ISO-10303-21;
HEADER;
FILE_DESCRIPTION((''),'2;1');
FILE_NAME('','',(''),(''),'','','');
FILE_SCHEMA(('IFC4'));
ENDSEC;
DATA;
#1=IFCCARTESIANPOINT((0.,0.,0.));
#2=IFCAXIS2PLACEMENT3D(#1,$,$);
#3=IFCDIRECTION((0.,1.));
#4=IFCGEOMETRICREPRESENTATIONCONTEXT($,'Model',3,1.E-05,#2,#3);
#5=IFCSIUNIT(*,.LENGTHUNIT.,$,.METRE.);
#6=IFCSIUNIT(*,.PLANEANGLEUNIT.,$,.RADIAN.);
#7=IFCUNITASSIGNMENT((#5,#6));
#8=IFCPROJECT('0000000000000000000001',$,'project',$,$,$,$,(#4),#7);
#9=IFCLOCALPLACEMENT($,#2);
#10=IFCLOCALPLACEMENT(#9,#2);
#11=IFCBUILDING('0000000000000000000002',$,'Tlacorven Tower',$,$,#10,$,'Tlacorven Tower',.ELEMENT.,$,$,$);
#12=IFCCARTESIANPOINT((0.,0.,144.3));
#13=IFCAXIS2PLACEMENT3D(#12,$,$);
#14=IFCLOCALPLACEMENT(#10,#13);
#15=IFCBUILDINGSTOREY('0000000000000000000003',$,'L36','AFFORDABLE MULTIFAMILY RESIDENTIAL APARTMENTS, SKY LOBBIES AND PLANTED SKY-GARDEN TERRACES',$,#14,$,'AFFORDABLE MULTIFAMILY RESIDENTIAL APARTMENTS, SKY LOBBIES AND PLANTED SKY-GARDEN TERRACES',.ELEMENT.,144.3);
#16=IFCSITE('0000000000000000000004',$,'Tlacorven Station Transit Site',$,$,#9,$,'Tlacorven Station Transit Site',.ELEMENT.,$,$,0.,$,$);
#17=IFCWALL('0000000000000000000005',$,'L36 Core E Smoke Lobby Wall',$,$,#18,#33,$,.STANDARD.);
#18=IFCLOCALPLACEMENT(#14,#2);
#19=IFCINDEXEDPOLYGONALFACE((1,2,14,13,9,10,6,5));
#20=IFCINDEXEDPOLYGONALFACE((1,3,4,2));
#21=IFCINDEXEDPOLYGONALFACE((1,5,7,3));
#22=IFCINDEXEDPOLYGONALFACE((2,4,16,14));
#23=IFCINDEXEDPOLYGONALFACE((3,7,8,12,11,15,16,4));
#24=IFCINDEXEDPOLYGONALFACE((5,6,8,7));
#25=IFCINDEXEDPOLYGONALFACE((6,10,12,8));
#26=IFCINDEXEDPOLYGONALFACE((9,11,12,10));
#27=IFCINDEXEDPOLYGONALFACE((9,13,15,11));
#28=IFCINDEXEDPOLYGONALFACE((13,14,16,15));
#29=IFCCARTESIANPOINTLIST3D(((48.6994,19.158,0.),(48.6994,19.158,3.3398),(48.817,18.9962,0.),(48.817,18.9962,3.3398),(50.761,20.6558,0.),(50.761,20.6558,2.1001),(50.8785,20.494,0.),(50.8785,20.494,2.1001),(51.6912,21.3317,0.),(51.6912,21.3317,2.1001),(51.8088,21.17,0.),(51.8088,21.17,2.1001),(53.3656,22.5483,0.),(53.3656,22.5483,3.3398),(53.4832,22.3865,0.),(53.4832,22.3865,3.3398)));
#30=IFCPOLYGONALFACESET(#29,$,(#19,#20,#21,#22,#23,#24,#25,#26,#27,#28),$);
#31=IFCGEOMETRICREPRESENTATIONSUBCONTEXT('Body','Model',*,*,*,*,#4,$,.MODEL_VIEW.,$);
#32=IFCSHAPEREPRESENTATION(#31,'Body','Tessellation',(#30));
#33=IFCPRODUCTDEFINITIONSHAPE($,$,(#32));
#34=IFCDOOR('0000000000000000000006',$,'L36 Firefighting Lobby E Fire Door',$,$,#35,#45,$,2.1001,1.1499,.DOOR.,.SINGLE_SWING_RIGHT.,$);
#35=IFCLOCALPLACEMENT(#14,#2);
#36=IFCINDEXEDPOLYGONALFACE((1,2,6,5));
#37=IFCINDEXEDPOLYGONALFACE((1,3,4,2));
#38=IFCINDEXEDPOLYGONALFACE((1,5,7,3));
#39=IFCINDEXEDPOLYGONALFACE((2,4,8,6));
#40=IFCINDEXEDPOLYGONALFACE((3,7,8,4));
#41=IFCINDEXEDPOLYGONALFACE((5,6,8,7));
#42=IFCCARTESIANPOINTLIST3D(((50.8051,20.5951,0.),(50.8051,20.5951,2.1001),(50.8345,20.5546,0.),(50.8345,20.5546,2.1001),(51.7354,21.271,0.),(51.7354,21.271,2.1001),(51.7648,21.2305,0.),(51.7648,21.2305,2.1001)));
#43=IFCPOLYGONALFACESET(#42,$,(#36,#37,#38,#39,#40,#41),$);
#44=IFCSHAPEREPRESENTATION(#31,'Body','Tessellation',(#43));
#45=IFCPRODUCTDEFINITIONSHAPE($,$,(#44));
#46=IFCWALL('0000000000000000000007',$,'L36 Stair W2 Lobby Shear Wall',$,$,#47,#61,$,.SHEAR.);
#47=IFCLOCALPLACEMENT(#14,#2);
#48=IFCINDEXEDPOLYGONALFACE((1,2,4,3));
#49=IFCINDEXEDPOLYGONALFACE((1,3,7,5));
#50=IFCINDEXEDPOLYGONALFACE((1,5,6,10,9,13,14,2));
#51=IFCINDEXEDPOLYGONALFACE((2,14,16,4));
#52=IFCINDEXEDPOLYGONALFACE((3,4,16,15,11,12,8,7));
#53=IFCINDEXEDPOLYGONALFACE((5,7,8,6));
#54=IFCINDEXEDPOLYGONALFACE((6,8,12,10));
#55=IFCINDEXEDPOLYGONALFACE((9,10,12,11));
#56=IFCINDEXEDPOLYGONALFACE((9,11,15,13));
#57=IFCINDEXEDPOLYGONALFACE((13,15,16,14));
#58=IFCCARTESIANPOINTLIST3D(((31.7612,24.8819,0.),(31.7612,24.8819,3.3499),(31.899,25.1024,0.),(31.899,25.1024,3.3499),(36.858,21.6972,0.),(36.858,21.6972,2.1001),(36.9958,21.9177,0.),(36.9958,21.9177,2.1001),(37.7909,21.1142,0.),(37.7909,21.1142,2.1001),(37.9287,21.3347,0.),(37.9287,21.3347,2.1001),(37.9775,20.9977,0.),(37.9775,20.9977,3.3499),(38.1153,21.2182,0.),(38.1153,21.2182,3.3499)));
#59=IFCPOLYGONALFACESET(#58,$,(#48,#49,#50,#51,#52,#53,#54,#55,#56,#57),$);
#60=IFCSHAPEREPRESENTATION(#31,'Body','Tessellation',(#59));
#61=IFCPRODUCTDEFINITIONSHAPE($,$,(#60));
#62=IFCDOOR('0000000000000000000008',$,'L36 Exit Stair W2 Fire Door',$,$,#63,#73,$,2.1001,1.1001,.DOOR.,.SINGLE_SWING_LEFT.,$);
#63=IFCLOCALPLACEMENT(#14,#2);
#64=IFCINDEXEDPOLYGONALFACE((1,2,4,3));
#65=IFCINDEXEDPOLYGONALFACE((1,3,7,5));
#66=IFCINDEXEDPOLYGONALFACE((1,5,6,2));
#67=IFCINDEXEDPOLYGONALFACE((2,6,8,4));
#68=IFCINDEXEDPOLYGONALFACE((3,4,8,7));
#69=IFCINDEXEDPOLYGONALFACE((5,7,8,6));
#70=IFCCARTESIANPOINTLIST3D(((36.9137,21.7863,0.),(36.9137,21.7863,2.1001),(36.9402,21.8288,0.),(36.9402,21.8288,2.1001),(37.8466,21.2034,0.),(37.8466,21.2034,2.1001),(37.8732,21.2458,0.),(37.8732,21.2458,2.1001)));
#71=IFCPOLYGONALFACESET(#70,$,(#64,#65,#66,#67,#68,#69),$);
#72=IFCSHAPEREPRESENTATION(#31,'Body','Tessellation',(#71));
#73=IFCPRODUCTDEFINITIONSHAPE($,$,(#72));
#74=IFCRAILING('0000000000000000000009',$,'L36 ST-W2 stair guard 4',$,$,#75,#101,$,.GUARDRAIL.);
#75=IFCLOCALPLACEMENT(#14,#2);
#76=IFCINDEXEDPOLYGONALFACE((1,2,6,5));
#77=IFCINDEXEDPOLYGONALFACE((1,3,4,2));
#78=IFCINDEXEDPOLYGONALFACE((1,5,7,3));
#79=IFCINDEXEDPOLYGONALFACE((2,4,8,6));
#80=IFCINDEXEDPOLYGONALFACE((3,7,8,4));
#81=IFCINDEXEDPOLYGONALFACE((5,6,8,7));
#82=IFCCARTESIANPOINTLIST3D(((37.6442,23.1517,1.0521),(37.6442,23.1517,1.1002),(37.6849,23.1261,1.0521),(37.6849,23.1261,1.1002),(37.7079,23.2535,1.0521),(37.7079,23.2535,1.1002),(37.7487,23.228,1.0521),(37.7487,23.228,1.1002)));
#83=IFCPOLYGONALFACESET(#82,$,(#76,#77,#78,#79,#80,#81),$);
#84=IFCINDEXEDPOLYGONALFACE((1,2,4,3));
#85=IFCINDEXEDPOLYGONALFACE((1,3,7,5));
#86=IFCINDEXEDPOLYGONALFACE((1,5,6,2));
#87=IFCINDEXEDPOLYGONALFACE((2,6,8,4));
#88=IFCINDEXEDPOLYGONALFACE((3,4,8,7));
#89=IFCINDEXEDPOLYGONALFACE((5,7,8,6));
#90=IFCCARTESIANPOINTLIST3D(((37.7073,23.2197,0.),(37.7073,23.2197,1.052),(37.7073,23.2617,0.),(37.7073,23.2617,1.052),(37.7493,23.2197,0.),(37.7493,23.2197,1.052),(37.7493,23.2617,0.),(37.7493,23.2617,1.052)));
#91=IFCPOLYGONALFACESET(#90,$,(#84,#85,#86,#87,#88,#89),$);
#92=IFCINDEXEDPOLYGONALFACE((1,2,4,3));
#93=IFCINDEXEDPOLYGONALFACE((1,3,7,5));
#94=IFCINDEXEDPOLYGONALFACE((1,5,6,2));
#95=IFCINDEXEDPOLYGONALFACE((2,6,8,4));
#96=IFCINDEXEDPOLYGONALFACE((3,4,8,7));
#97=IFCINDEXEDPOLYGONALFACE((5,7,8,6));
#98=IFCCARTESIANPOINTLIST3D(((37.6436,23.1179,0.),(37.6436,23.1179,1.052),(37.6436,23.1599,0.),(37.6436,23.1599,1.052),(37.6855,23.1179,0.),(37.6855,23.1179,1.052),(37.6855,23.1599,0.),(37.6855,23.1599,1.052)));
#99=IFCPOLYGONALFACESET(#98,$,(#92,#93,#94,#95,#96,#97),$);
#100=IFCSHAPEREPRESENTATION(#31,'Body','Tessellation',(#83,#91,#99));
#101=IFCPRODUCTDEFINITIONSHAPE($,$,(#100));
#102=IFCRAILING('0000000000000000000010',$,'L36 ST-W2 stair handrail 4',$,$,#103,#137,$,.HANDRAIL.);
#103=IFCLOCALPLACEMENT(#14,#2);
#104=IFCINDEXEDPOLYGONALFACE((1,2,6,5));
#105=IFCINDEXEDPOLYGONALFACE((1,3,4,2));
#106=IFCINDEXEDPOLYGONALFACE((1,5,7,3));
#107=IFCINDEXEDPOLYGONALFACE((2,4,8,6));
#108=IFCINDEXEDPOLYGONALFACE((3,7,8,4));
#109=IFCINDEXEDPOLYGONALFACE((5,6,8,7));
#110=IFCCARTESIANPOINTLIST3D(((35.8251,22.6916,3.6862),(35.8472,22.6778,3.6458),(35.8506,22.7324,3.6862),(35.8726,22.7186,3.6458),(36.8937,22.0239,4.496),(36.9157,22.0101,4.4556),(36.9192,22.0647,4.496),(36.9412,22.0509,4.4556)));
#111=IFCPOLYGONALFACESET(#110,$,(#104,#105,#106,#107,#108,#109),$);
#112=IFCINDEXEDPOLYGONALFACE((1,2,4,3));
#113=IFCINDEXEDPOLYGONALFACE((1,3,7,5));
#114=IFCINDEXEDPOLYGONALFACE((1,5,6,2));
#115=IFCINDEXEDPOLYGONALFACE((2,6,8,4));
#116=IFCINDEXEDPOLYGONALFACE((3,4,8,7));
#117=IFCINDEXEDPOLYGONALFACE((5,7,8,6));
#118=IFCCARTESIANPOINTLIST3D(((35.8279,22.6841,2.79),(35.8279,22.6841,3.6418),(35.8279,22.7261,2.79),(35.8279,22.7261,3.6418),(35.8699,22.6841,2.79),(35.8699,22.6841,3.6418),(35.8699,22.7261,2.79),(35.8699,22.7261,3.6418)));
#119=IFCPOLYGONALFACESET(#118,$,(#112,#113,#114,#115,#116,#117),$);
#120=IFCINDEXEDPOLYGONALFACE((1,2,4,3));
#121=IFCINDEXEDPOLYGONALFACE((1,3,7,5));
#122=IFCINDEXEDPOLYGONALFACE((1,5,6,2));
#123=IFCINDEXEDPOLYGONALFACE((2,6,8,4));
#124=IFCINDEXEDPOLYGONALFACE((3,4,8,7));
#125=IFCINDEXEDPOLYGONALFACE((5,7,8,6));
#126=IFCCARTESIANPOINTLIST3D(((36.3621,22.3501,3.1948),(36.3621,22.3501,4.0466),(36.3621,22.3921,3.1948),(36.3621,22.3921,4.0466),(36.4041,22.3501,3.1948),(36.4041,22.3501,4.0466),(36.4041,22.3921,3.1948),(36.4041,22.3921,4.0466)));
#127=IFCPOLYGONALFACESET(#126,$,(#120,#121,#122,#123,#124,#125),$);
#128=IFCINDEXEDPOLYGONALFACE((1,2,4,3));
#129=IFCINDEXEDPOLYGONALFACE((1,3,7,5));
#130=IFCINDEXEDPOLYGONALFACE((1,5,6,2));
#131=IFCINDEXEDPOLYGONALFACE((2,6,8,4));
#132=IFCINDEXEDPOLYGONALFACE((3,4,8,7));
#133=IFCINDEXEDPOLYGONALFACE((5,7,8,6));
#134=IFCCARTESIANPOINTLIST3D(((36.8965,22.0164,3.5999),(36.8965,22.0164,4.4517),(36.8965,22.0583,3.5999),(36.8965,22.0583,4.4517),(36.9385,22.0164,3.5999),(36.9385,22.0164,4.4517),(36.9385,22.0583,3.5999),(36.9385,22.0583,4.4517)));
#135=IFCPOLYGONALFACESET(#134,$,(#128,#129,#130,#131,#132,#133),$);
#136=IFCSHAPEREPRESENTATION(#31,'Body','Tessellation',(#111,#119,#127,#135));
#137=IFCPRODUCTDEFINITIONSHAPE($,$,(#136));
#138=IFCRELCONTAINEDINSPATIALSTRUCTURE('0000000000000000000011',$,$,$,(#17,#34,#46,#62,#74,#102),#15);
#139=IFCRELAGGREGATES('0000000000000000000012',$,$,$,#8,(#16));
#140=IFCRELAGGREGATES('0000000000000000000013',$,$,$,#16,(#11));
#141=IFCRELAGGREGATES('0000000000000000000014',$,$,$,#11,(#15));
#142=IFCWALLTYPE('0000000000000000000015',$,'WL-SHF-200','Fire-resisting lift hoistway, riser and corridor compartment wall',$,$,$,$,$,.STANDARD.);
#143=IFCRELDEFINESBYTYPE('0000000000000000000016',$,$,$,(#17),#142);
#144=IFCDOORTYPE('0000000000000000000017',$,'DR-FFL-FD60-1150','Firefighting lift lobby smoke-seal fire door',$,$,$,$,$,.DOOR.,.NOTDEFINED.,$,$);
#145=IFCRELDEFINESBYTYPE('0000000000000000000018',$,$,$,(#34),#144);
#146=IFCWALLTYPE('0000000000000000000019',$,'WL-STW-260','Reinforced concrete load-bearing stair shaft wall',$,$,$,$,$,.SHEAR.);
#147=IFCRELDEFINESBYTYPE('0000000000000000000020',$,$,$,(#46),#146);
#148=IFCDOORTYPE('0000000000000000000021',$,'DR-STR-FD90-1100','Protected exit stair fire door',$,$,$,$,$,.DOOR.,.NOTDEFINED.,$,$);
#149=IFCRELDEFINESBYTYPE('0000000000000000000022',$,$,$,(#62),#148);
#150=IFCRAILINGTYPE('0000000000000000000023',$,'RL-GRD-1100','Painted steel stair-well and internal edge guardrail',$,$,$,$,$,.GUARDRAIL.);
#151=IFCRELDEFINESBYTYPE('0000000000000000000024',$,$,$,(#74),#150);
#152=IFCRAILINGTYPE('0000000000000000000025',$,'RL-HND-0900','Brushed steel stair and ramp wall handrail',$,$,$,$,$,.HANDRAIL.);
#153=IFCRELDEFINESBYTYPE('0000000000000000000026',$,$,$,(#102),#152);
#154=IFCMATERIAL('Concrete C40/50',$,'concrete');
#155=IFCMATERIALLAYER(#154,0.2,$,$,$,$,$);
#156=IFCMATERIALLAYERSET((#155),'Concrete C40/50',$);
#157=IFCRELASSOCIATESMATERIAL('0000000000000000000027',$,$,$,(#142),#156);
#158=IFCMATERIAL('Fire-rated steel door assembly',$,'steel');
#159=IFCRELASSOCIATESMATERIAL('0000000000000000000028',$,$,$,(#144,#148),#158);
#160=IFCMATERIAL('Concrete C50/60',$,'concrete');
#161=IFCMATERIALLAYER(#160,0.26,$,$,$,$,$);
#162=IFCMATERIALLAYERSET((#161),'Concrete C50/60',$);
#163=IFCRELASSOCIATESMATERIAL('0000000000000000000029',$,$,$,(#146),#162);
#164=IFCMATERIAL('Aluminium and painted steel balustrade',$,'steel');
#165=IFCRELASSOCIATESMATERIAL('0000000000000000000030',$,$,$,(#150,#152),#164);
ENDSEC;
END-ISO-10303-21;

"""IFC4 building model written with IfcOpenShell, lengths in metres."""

from ifc_helpers import new_model, si_unit, direction, frame, frame_2d, origin, origin_2d, place, context, subcontext, project, spatial, rectangle, extrude, source, transform, mapped, material, layer, layer_set, type_object, element, fill, save


model = new_model("IFC4")

# Units and contexts
model_context = context("Model", 3, precision=1e-05, world=origin(), true_north=direction((0.0, 1.0)))
body_context = subcontext(model_context, "Body", "Model", "MODEL_VIEW")
ifc_project = project(units=[si_unit("LENGTHUNIT", "METRE"), si_unit("PLANEANGLEUNIT", "RADIAN")], contexts=[model_context])

# Site, building, storey
site_placement = place(None, origin())
site = spatial("IfcSite", under=ifc_project, at=site_placement, Name="Tlacorven Station Transit Site", LongName="Tlacorven Station Transit Site", CompositionType="ELEMENT", RefElevation=0.0)
building_placement = place(site_placement, origin())
building = spatial("IfcBuilding", under=site, at=building_placement, Name="Tlacorven Tower", LongName="Tlacorven Tower", CompositionType="ELEMENT")
storey_placement = place(building_placement, frame((0.0, 0.0, 144.3)))
storey = spatial("IfcBuildingStorey", under=building, at=storey_placement, Name="L36", Description="AFFORDABLE MULTIFAMILY RESIDENTIAL APARTMENTS, SKY LOBBIES AND PLANTED SKY-GARDEN TERRACES", LongName="AFFORDABLE MULTIFAMILY RESIDENTIAL APARTMENTS, SKY LOBBIES AND PLANTED SKY-GARDEN TERRACES", CompositionType="ELEMENT", Elevation=144.3)

# Shared definitions
ifc_material_1 = material(Name="Fire-rated steel door assembly", Category="steel")

# Shared definitions
ifc_material_2 = material(Name="Concrete C40/50", Category="concrete")
ifc_layer_1 = layer(ifc_material_2, 0.2)
ifc_layer_set_1 = layer_set([ifc_layer_1], Name="Concrete C40/50")
wall_type_1 = type_object("IfcWallType", Name="WL-SHF-200", Description="Fire-resisting lift hoistway, riser and corridor compartment wall", PredefinedType="STANDARD", material=ifc_layer_set_1)

# Shared definitions
door_type_1 = type_object("IfcDoorType", Name="DR-FFL-FD60-1150", Description="Firefighting lift lobby smoke-seal fire door", OperationType="NOTDEFINED", PredefinedType="DOOR", material=ifc_material_1)
shared_shape_1 = source(origin(), body_context, "Body", "SweptSolid", [
    extrude(rectangle(XDim=1.1499, YDim=2.1001, at=frame_2d((0.575, 1.05))), frame((0.0, 0.0249, 0.0), z_axis=(0.0, -1.0, 0.0), x_axis=(1.0, 0.0, 0.0)), (0.0, 0.0, 1.0), 0.05),
])

# Walls, openings, doors
wall_1_placement = place(storey_placement, frame((48.7583, 19.0771, 0.0), z_axis=(0.0, 0.0, 1.0), x_axis=(0.809005, 0.587802, 0.0)))
wall_1 = element("IfcWall", 1, at=wall_1_placement, inside=storey, type_object=wall_type_1, Name="L36 Core E Smoke Lobby Wall", PredefinedType="STANDARD", context=body_context, shape_type="SweptSolid", body=[
    extrude(rectangle(XDim=5.7678, YDim=0.2, at=frame_2d((2.8838, 0.0))), origin(), (0.0, 0.0, 1.0), 3.3398),
])
opening_1_placement = place(wall_1_placement, frame((2.5481, 0.0, 0.0)))
opening_1 = element("IfcOpeningElement", 2, at=opening_1_placement, cuts=wall_1, PredefinedType="OPENING", context=body_context, shape_type="SweptSolid", body=[
    extrude(rectangle(XDim=1.1499, YDim=2.1001, at=frame_2d((0.575, 1.05))), frame((0.0, 0.1099, 0.0), z_axis=(0.0, -1.0, 0.0), x_axis=(1.0, 0.0, 0.0)), (0.0, 0.0, 1.0), 0.22),
])
door_1_placement = place(opening_1_placement, origin())
door_1 = element("IfcDoor", 3, at=door_1_placement, inside=storey, type_object=door_type_1, Name="L36 Firefighting Lobby E Fire Door", OperationType="SINGLE_SWING_RIGHT", OverallHeight=2.1001, OverallWidth=1.1499, PredefinedType="DOOR", context=body_context, shape_type="MappedRepresentation", body=[
    mapped(shared_shape_1, transform((0.0, 0.0, 0.0), scale=1.0)),
])
fill(opening_1, door_1)
ifc_material_3 = material(Name="Concrete C50/60", Category="concrete")
ifc_layer_2 = layer(ifc_material_3, 0.26)
ifc_layer_set_2 = layer_set([ifc_layer_2], Name="Concrete C50/60")
wall_type_2 = type_object("IfcWallType", Name="WL-STW-260", Description="Reinforced concrete load-bearing stair shaft wall", PredefinedType="SHEAR", material=ifc_layer_set_2)
wall_2_placement = place(storey_placement, frame((38.0464, 21.1079, 0.0), z_axis=(0.0, 0.0, 1.0), x_axis=(-0.848054, 0.529909, 0.0)))
wall_2 = element("IfcWall", 4, at=wall_2_placement, inside=storey, type_object=wall_type_2, Name="L36 Stair W2 Lobby Shear Wall", PredefinedType="SHEAR", context=body_context, shape_type="SweptSolid", body=[
    extrude(rectangle(XDim=7.3301, YDim=0.26, at=frame_2d((3.665, 0.0))), origin(), (0.0, 0.0, 1.0), 3.3499),
])
opening_2_placement = place(wall_2_placement, frame((0.22, 0.0, 0.0)))
opening_2 = element("IfcOpeningElement", 5, at=opening_2_placement, cuts=wall_2, PredefinedType="OPENING", context=body_context, shape_type="SweptSolid", body=[
    extrude(rectangle(XDim=1.1001, YDim=2.1001, at=frame_2d((0.55, 1.05))), frame((0.0, 0.1401, 0.0), z_axis=(0.0, -1.0, 0.0), x_axis=(1.0, 0.0, 0.0)), (0.0, 0.0, 1.0), 0.28),
])
door_type_2 = type_object("IfcDoorType", Name="DR-STR-FD90-1100", Description="Protected exit stair fire door", OperationType="NOTDEFINED", PredefinedType="DOOR", material=ifc_material_1)
shared_shape_2 = source(origin(), body_context, "Body", "SweptSolid", [
    extrude(rectangle(XDim=1.1001, YDim=2.1001, at=frame_2d((0.55, 1.05))), frame((0.0, 0.0249, 0.0), z_axis=(0.0, -1.0, 0.0), x_axis=(1.0, 0.0, 0.0)), (0.0, 0.0, 1.0), 0.05),
])
door_2_placement = place(opening_2_placement, origin())
door_2 = element("IfcDoor", 6, at=door_2_placement, inside=storey, type_object=door_type_2, Name="L36 Exit Stair W2 Fire Door", OperationType="SINGLE_SWING_LEFT", OverallHeight=2.1001, OverallWidth=1.1001, PredefinedType="DOOR", context=body_context, shape_type="MappedRepresentation", body=[
    mapped(shared_shape_2, transform((0.0, 0.0, 0.0), scale=1.0)),
])
fill(opening_2, door_2)

# Railings
ifc_material_4 = material(Name="Aluminium and painted steel balustrade", Category="steel")
railing_type_1 = type_object("IfcRailingType", Name="RL-GRD-1100", Description="Painted steel stair-well and internal edge guardrail", PredefinedType="GUARDRAIL", material=ifc_material_4)
shared_shape_3 = source(origin(), body_context, "Body", "SweptSolid", [
    extrude(rectangle(XDim=0.0481, YDim=0.0481, at=origin_2d()), frame((0.0, 0.0, 1.0762), z_axis=(-0.530547, -0.847656, 0.0), x_axis=(0.847656, -0.530547, 0.0)), (0.0, 0.0, 1.0), 0.1201),
    extrude(rectangle(XDim=0.042, YDim=0.042, at=origin_2d()), origin(), (0.0, 0.0, 1.0), 1.052),
    extrude(rectangle(XDim=0.042, YDim=0.042, at=origin_2d()), frame((-0.0637, -0.1018, 0.0)), (0.0, 0.0, 1.0), 1.052),
])
railing_1_placement = place(storey_placement, frame((37.7283, 23.2407, 0.0)))
element("IfcRailing", 7, at=railing_1_placement, inside=storey, type_object=railing_type_1, Name="L36 ST-W2 stair guard 4", PredefinedType="GUARDRAIL", context=body_context, shape_type="MappedRepresentation", body=[
    mapped(shared_shape_3, transform((0.0, 0.0, 0.0), scale=1.0)),
])
railing_type_2 = type_object("IfcRailingType", Name="RL-HND-0900", Description="Brushed steel stair and ramp wall handrail", PredefinedType="HANDRAIL", material=ifc_material_4)
shared_shape_4 = source(origin(), body_context, "Body", "SweptSolid", [
    extrude(rectangle(XDim=0.0481, YDim=0.0481, at=origin_2d()), frame((0.0, 0.0, 0.876), z_axis=(0.713423, -0.445787, 0.540649), x_axis=(0.529912, 0.848053, 0.0)), (0.0, 0.0, 1.0), 1.4978),
    extrude(rectangle(XDim=0.042, YDim=0.042, at=origin_2d()), origin(), (0.0, 0.0, 1.0), 0.8518),
    extrude(rectangle(XDim=0.042, YDim=0.042, at=origin_2d()), frame((0.5342, -0.334, 0.4048)), (0.0, 0.0, 1.0), 0.8518),
    extrude(rectangle(XDim=0.042, YDim=0.042, at=origin_2d()), frame((1.0686, -0.6677, 0.8098)), (0.0, 0.0, 1.0), 0.8518),
])
railing_2_placement = place(storey_placement, frame((35.8489, 22.7051, 2.79)))
element("IfcRailing", 8, at=railing_2_placement, inside=storey, type_object=railing_type_2, Name="L36 ST-W2 stair handrail 4", PredefinedType="HANDRAIL", context=body_context, shape_type="MappedRepresentation", body=[
    mapped(shared_shape_4, transform((0.0, 0.0, 0.0), scale=1.0)),
])

save(model, "model.ifc")
